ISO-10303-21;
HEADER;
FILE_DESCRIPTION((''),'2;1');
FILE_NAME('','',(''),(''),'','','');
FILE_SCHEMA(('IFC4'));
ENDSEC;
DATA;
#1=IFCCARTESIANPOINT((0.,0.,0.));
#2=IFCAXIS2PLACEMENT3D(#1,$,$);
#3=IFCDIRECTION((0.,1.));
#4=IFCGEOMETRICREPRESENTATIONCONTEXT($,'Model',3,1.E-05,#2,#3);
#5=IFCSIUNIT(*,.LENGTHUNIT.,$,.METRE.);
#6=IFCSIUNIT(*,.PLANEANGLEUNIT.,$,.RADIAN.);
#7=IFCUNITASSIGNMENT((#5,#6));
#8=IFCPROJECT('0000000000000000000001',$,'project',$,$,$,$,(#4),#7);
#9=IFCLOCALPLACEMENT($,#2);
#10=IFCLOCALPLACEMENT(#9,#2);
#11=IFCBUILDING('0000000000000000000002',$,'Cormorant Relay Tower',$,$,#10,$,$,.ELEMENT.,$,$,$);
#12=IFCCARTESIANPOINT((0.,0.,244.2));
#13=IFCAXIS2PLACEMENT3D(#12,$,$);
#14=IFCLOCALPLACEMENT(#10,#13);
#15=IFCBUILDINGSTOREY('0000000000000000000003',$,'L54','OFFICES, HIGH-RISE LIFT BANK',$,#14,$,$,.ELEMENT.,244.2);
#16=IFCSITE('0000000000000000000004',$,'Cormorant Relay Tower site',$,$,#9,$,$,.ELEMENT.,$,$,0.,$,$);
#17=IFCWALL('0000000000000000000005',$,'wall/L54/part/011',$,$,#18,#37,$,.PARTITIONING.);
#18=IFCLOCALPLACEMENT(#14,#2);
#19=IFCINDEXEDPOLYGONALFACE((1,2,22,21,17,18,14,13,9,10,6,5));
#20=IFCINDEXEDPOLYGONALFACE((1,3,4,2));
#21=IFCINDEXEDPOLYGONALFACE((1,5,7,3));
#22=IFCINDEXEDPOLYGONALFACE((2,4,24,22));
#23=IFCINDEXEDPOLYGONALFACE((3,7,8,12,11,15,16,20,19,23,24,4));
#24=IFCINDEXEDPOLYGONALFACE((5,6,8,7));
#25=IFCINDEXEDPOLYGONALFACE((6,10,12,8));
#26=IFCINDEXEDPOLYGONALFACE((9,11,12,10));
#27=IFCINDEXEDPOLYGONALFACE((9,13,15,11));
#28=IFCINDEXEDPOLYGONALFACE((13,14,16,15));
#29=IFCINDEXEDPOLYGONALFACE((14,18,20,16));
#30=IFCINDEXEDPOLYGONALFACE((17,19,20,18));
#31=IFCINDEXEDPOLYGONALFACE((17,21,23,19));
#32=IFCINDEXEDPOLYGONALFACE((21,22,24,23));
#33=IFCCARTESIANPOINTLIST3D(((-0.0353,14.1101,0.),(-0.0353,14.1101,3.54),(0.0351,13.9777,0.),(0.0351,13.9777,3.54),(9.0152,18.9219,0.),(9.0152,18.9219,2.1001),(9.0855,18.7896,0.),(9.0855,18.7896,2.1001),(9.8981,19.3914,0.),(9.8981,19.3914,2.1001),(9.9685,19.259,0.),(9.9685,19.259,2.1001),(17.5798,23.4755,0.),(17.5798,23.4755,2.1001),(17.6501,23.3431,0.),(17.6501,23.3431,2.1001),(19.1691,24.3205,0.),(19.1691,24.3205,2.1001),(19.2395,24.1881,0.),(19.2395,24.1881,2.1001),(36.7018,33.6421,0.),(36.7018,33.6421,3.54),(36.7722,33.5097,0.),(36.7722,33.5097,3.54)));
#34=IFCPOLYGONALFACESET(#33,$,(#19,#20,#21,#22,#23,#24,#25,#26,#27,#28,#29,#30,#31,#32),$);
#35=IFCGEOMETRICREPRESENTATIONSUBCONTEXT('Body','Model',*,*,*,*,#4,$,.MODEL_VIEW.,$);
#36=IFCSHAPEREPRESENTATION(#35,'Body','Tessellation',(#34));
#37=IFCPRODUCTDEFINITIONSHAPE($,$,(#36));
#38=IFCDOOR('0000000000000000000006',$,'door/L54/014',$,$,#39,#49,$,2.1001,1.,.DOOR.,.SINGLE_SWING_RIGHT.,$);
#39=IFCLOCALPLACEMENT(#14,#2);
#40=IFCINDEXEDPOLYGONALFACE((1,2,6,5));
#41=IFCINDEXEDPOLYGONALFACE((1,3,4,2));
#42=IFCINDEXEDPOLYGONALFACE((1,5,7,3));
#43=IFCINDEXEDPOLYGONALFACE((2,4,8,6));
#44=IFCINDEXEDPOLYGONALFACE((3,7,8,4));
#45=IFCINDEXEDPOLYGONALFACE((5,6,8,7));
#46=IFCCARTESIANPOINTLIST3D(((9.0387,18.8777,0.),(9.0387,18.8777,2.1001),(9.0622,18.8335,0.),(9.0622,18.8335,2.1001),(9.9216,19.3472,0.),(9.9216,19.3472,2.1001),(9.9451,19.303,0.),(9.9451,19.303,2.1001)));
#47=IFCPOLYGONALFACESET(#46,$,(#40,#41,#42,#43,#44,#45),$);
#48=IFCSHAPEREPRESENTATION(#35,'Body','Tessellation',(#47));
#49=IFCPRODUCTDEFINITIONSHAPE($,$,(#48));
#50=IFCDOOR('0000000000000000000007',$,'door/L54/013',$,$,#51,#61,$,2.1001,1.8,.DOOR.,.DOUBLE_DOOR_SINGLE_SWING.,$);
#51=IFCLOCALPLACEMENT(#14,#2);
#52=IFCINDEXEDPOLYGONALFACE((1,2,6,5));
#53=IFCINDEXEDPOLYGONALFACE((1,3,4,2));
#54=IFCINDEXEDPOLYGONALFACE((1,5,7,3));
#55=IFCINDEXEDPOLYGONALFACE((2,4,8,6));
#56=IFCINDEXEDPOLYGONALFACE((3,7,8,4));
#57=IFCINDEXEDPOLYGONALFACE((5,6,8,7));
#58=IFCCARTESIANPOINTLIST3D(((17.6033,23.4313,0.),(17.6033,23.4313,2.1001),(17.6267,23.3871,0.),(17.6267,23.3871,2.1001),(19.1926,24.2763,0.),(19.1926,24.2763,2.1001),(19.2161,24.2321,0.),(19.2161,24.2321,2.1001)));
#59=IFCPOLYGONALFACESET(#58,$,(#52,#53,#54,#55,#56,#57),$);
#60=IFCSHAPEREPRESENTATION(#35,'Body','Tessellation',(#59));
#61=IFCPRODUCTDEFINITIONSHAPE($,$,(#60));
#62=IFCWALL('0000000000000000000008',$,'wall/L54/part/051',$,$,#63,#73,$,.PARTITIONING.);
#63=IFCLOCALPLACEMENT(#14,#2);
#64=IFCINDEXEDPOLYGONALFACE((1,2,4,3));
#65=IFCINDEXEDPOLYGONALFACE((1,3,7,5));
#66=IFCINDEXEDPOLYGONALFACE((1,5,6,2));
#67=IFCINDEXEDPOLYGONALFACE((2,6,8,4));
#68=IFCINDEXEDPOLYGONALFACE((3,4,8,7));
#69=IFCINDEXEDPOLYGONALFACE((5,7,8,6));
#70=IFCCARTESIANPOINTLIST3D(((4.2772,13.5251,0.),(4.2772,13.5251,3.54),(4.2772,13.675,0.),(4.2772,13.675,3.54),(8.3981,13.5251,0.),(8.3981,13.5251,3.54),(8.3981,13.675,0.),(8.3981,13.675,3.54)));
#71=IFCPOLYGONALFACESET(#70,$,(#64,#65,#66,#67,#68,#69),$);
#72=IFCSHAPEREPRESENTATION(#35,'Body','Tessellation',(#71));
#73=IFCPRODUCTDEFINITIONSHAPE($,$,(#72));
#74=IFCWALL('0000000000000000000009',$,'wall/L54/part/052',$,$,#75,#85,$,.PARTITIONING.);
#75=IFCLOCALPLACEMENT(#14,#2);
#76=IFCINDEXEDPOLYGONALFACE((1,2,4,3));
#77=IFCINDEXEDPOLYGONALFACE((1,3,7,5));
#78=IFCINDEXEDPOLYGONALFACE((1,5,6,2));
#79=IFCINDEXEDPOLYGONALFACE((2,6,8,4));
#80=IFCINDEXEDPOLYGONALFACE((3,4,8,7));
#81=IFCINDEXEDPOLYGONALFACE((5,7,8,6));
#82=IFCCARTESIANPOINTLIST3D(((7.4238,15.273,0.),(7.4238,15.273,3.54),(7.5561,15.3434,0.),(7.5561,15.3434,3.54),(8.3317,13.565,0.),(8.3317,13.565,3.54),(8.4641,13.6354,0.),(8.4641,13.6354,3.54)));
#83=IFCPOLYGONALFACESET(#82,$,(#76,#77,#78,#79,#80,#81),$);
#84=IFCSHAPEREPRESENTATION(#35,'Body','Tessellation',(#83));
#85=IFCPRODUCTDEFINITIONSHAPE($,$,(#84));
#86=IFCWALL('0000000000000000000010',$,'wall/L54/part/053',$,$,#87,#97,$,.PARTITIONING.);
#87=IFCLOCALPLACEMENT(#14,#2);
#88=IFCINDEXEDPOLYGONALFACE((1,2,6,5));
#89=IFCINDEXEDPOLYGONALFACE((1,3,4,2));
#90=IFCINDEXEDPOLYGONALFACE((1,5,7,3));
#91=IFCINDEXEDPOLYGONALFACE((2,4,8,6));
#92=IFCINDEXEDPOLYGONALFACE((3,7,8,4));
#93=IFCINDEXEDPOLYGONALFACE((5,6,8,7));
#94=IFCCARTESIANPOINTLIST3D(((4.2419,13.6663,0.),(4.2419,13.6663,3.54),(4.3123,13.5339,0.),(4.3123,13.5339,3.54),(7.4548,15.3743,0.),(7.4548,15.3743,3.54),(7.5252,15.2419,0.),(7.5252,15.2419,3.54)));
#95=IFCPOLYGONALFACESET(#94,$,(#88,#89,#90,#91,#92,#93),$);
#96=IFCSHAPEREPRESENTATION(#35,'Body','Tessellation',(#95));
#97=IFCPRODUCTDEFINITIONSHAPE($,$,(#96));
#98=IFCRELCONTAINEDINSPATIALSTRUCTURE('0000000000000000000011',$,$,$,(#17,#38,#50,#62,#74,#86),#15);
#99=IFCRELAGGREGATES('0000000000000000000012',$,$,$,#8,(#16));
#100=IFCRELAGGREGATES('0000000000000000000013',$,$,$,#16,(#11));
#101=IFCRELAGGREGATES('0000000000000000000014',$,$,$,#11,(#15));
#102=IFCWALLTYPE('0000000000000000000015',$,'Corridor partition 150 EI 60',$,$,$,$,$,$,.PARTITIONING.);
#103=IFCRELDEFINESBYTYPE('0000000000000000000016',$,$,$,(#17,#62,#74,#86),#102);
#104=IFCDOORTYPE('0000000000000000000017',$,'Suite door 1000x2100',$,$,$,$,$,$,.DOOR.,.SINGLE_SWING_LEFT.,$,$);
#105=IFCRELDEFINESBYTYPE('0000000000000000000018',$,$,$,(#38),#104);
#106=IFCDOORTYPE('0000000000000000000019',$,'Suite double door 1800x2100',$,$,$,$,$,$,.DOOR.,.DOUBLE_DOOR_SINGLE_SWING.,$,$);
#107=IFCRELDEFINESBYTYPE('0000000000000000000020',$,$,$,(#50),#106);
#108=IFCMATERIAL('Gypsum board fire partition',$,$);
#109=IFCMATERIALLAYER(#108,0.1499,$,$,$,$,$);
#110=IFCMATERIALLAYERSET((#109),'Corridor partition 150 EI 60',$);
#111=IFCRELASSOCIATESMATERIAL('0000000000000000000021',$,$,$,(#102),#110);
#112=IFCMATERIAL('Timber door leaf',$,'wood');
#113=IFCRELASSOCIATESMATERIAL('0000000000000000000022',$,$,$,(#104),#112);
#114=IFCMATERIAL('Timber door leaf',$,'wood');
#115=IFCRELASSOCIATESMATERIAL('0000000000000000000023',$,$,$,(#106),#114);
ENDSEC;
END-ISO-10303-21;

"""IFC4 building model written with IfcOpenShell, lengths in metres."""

from ifc_helpers import new_model, si_unit, direction, frame, frame_2d, origin, place, context, subcontext, project, spatial, rectangle, extrude, material, layer, layer_set, type_object, element, fill, save


model = new_model("IFC4")

# Units and contexts
model_context = context("Model", 3, precision=1e-05, world=origin(), true_north=direction((0.0, 1.0)))
body_context = subcontext(model_context, "Body", "Model", "MODEL_VIEW")
ifc_project = project(units=[si_unit("LENGTHUNIT", "METRE"), si_unit("PLANEANGLEUNIT", "RADIAN")], contexts=[model_context])

# Site, building, storey
site_placement = place(None, origin())
site = spatial("IfcSite", under=ifc_project, at=site_placement, Name="Cormorant Relay Tower site", CompositionType="ELEMENT", RefElevation=0.0)
building_placement = place(site_placement, origin())
building = spatial("IfcBuilding", under=site, at=building_placement, Name="Cormorant Relay Tower", CompositionType="ELEMENT")
storey_placement = place(building_placement, frame((0.0, 0.0, 244.2)))
storey = spatial("IfcBuildingStorey", under=building, at=storey_placement, Name="L54", Description="OFFICES, HIGH-RISE LIFT BANK", CompositionType="ELEMENT", Elevation=244.2)

# Wall, openings, doors
ifc_material_1 = material(Name="Gypsum board fire partition")
ifc_layer_1 = layer(ifc_material_1, 0.1499)
ifc_layer_set_1 = layer_set([ifc_layer_1], Name="Corridor partition 150 EI 60")
wall_type_1 = type_object("IfcWallType", Name="Corridor partition 150 EI 60", PredefinedType="PARTITIONING", material=ifc_layer_set_1)
wall_1_placement = place(storey_placement, frame((0.0, 14.0439, 0.0), z_axis=(0.0, 0.0, 1.0), x_axis=(0.882962, 0.469444, 0.0)))
wall_1 = element("IfcWall", 1, at=wall_1_placement, inside=storey, type_object=wall_type_1, Name="wall/L54/part/011", PredefinedType="PARTITIONING", context=body_context, shape_type="SweptSolid", body=[
    extrude(rectangle(XDim=41.6067, YDim=0.1499, at=frame_2d((20.8032, 0.0))), origin(), (0.0, 0.0, 1.0), 3.54),
])
opening_1_placement = place(wall_1_placement, frame((19.95, 0.0, 0.0)))
opening_1 = element("IfcOpeningElement", 2, at=opening_1_placement, cuts=wall_1, PredefinedType="OPENING", context=body_context, shape_type="SweptSolid", body=[
    extrude(rectangle(XDim=1.8, YDim=2.1001, at=frame_2d((0.8999, 1.05))), frame((0.0, 0.085, 0.0), z_axis=(0.0, -1.0, 0.0), x_axis=(1.0, 0.0, 0.0)), (0.0, 0.0, 1.0), 0.1699),
])
opening_2_placement = place(wall_1_placement, frame((10.25, 0.0, 0.0)))
opening_2 = element("IfcOpeningElement", 3, at=opening_2_placement, cuts=wall_1, PredefinedType="OPENING", context=body_context, shape_type="SweptSolid", body=[
    extrude(rectangle(XDim=1.0, YDim=2.1001, at=frame_2d((0.5, 1.05))), frame((0.0, 0.085, 0.0), z_axis=(0.0, -1.0, 0.0), x_axis=(1.0, 0.0, 0.0)), (0.0, 0.0, 1.0), 0.1699),
])
ifc_material_2 = material(Name="Timber door leaf", Category="wood")
door_type_1 = type_object("IfcDoorType", Name="Suite door 1000x2100", OperationType="SINGLE_SWING_LEFT", PredefinedType="DOOR", material=ifc_material_2)
door_1_placement = place(opening_2_placement, origin())
door_1 = element("IfcDoor", 4, at=door_1_placement, inside=storey, type_object=door_type_1, Name="door/L54/014", OperationType="SINGLE_SWING_RIGHT", OverallHeight=2.1001, OverallWidth=1.0, PredefinedType="DOOR", context=body_context, shape_type="SweptSolid", body=[
    extrude(rectangle(XDim=1.0, YDim=2.1001, at=frame_2d((0.5, 1.05))), frame((0.0, 0.0249, 0.0), z_axis=(0.0, -1.0, 0.0), x_axis=(1.0, 0.0, 0.0)), (0.0, 0.0, 1.0), 0.05),
])
fill(opening_2, door_1)
ifc_material_3 = material(Name="Timber door leaf", Category="wood")
door_type_2 = type_object("IfcDoorType", Name="Suite double door 1800x2100", OperationType="DOUBLE_DOOR_SINGLE_SWING", PredefinedType="DOOR", material=ifc_material_3)
door_2_placement = place(opening_1_placement, origin())
door_2 = element("IfcDoor", 5, at=door_2_placement, inside=storey, type_object=door_type_2, Name="door/L54/013", OperationType="DOUBLE_DOOR_SINGLE_SWING", OverallHeight=2.1001, OverallWidth=1.8, PredefinedType="DOOR", context=body_context, shape_type="SweptSolid", body=[
    extrude(rectangle(XDim=1.8, YDim=2.1001, at=frame_2d((0.8999, 1.05))), frame((0.0, 0.0249, 0.0), z_axis=(0.0, -1.0, 0.0), x_axis=(1.0, 0.0, 0.0)), (0.0, 0.0, 1.0), 0.05),
])
fill(opening_1, door_2)

# Walls
wall_2_placement = place(storey_placement, frame((4.2771, 13.6001, 0.0), z_axis=(0.0, 0.0, 1.0), x_axis=(1.0, 0.0, 0.0)))
element("IfcWall", 6, at=wall_2_placement, inside=storey, type_object=wall_type_1, Name="wall/L54/part/051", PredefinedType="PARTITIONING", context=body_context, shape_type="SweptSolid", body=[
    extrude(rectangle(XDim=4.1208, YDim=0.1499, at=frame_2d((2.0605, 0.0))), origin(), (0.0, 0.0, 1.0), 3.54),
])
wall_3_placement = place(storey_placement, frame((8.3979, 13.6001, 0.0), z_axis=(0.0, 0.0, 1.0), x_axis=(-0.469389, 0.882991, 0.0)))
element("IfcWall", 7, at=wall_3_placement, inside=storey, type_object=wall_type_1, Name="wall/L54/part/052", PredefinedType="PARTITIONING", context=body_context, shape_type="SweptSolid", body=[
    extrude(rectangle(XDim=1.9343, YDim=0.1499, at=frame_2d((0.9673, 0.0))), origin(), (0.0, 0.0, 1.0), 3.54),
])
wall_4_placement = place(storey_placement, frame((7.49, 15.3081, 0.0), z_axis=(0.0, 0.0, 1.0), x_axis=(-0.882984, -0.469404, 0.0)))
element("IfcWall", 8, at=wall_4_placement, inside=storey, type_object=wall_type_1, Name="wall/L54/part/053", PredefinedType="PARTITIONING", context=body_context, shape_type="SweptSolid", body=[
    extrude(rectangle(XDim=3.6387, YDim=0.1499, at=frame_2d((1.8193, 0.0))), origin(), (0.0, 0.0, 1.0), 3.54),
])

save(model, "model.ifc")
